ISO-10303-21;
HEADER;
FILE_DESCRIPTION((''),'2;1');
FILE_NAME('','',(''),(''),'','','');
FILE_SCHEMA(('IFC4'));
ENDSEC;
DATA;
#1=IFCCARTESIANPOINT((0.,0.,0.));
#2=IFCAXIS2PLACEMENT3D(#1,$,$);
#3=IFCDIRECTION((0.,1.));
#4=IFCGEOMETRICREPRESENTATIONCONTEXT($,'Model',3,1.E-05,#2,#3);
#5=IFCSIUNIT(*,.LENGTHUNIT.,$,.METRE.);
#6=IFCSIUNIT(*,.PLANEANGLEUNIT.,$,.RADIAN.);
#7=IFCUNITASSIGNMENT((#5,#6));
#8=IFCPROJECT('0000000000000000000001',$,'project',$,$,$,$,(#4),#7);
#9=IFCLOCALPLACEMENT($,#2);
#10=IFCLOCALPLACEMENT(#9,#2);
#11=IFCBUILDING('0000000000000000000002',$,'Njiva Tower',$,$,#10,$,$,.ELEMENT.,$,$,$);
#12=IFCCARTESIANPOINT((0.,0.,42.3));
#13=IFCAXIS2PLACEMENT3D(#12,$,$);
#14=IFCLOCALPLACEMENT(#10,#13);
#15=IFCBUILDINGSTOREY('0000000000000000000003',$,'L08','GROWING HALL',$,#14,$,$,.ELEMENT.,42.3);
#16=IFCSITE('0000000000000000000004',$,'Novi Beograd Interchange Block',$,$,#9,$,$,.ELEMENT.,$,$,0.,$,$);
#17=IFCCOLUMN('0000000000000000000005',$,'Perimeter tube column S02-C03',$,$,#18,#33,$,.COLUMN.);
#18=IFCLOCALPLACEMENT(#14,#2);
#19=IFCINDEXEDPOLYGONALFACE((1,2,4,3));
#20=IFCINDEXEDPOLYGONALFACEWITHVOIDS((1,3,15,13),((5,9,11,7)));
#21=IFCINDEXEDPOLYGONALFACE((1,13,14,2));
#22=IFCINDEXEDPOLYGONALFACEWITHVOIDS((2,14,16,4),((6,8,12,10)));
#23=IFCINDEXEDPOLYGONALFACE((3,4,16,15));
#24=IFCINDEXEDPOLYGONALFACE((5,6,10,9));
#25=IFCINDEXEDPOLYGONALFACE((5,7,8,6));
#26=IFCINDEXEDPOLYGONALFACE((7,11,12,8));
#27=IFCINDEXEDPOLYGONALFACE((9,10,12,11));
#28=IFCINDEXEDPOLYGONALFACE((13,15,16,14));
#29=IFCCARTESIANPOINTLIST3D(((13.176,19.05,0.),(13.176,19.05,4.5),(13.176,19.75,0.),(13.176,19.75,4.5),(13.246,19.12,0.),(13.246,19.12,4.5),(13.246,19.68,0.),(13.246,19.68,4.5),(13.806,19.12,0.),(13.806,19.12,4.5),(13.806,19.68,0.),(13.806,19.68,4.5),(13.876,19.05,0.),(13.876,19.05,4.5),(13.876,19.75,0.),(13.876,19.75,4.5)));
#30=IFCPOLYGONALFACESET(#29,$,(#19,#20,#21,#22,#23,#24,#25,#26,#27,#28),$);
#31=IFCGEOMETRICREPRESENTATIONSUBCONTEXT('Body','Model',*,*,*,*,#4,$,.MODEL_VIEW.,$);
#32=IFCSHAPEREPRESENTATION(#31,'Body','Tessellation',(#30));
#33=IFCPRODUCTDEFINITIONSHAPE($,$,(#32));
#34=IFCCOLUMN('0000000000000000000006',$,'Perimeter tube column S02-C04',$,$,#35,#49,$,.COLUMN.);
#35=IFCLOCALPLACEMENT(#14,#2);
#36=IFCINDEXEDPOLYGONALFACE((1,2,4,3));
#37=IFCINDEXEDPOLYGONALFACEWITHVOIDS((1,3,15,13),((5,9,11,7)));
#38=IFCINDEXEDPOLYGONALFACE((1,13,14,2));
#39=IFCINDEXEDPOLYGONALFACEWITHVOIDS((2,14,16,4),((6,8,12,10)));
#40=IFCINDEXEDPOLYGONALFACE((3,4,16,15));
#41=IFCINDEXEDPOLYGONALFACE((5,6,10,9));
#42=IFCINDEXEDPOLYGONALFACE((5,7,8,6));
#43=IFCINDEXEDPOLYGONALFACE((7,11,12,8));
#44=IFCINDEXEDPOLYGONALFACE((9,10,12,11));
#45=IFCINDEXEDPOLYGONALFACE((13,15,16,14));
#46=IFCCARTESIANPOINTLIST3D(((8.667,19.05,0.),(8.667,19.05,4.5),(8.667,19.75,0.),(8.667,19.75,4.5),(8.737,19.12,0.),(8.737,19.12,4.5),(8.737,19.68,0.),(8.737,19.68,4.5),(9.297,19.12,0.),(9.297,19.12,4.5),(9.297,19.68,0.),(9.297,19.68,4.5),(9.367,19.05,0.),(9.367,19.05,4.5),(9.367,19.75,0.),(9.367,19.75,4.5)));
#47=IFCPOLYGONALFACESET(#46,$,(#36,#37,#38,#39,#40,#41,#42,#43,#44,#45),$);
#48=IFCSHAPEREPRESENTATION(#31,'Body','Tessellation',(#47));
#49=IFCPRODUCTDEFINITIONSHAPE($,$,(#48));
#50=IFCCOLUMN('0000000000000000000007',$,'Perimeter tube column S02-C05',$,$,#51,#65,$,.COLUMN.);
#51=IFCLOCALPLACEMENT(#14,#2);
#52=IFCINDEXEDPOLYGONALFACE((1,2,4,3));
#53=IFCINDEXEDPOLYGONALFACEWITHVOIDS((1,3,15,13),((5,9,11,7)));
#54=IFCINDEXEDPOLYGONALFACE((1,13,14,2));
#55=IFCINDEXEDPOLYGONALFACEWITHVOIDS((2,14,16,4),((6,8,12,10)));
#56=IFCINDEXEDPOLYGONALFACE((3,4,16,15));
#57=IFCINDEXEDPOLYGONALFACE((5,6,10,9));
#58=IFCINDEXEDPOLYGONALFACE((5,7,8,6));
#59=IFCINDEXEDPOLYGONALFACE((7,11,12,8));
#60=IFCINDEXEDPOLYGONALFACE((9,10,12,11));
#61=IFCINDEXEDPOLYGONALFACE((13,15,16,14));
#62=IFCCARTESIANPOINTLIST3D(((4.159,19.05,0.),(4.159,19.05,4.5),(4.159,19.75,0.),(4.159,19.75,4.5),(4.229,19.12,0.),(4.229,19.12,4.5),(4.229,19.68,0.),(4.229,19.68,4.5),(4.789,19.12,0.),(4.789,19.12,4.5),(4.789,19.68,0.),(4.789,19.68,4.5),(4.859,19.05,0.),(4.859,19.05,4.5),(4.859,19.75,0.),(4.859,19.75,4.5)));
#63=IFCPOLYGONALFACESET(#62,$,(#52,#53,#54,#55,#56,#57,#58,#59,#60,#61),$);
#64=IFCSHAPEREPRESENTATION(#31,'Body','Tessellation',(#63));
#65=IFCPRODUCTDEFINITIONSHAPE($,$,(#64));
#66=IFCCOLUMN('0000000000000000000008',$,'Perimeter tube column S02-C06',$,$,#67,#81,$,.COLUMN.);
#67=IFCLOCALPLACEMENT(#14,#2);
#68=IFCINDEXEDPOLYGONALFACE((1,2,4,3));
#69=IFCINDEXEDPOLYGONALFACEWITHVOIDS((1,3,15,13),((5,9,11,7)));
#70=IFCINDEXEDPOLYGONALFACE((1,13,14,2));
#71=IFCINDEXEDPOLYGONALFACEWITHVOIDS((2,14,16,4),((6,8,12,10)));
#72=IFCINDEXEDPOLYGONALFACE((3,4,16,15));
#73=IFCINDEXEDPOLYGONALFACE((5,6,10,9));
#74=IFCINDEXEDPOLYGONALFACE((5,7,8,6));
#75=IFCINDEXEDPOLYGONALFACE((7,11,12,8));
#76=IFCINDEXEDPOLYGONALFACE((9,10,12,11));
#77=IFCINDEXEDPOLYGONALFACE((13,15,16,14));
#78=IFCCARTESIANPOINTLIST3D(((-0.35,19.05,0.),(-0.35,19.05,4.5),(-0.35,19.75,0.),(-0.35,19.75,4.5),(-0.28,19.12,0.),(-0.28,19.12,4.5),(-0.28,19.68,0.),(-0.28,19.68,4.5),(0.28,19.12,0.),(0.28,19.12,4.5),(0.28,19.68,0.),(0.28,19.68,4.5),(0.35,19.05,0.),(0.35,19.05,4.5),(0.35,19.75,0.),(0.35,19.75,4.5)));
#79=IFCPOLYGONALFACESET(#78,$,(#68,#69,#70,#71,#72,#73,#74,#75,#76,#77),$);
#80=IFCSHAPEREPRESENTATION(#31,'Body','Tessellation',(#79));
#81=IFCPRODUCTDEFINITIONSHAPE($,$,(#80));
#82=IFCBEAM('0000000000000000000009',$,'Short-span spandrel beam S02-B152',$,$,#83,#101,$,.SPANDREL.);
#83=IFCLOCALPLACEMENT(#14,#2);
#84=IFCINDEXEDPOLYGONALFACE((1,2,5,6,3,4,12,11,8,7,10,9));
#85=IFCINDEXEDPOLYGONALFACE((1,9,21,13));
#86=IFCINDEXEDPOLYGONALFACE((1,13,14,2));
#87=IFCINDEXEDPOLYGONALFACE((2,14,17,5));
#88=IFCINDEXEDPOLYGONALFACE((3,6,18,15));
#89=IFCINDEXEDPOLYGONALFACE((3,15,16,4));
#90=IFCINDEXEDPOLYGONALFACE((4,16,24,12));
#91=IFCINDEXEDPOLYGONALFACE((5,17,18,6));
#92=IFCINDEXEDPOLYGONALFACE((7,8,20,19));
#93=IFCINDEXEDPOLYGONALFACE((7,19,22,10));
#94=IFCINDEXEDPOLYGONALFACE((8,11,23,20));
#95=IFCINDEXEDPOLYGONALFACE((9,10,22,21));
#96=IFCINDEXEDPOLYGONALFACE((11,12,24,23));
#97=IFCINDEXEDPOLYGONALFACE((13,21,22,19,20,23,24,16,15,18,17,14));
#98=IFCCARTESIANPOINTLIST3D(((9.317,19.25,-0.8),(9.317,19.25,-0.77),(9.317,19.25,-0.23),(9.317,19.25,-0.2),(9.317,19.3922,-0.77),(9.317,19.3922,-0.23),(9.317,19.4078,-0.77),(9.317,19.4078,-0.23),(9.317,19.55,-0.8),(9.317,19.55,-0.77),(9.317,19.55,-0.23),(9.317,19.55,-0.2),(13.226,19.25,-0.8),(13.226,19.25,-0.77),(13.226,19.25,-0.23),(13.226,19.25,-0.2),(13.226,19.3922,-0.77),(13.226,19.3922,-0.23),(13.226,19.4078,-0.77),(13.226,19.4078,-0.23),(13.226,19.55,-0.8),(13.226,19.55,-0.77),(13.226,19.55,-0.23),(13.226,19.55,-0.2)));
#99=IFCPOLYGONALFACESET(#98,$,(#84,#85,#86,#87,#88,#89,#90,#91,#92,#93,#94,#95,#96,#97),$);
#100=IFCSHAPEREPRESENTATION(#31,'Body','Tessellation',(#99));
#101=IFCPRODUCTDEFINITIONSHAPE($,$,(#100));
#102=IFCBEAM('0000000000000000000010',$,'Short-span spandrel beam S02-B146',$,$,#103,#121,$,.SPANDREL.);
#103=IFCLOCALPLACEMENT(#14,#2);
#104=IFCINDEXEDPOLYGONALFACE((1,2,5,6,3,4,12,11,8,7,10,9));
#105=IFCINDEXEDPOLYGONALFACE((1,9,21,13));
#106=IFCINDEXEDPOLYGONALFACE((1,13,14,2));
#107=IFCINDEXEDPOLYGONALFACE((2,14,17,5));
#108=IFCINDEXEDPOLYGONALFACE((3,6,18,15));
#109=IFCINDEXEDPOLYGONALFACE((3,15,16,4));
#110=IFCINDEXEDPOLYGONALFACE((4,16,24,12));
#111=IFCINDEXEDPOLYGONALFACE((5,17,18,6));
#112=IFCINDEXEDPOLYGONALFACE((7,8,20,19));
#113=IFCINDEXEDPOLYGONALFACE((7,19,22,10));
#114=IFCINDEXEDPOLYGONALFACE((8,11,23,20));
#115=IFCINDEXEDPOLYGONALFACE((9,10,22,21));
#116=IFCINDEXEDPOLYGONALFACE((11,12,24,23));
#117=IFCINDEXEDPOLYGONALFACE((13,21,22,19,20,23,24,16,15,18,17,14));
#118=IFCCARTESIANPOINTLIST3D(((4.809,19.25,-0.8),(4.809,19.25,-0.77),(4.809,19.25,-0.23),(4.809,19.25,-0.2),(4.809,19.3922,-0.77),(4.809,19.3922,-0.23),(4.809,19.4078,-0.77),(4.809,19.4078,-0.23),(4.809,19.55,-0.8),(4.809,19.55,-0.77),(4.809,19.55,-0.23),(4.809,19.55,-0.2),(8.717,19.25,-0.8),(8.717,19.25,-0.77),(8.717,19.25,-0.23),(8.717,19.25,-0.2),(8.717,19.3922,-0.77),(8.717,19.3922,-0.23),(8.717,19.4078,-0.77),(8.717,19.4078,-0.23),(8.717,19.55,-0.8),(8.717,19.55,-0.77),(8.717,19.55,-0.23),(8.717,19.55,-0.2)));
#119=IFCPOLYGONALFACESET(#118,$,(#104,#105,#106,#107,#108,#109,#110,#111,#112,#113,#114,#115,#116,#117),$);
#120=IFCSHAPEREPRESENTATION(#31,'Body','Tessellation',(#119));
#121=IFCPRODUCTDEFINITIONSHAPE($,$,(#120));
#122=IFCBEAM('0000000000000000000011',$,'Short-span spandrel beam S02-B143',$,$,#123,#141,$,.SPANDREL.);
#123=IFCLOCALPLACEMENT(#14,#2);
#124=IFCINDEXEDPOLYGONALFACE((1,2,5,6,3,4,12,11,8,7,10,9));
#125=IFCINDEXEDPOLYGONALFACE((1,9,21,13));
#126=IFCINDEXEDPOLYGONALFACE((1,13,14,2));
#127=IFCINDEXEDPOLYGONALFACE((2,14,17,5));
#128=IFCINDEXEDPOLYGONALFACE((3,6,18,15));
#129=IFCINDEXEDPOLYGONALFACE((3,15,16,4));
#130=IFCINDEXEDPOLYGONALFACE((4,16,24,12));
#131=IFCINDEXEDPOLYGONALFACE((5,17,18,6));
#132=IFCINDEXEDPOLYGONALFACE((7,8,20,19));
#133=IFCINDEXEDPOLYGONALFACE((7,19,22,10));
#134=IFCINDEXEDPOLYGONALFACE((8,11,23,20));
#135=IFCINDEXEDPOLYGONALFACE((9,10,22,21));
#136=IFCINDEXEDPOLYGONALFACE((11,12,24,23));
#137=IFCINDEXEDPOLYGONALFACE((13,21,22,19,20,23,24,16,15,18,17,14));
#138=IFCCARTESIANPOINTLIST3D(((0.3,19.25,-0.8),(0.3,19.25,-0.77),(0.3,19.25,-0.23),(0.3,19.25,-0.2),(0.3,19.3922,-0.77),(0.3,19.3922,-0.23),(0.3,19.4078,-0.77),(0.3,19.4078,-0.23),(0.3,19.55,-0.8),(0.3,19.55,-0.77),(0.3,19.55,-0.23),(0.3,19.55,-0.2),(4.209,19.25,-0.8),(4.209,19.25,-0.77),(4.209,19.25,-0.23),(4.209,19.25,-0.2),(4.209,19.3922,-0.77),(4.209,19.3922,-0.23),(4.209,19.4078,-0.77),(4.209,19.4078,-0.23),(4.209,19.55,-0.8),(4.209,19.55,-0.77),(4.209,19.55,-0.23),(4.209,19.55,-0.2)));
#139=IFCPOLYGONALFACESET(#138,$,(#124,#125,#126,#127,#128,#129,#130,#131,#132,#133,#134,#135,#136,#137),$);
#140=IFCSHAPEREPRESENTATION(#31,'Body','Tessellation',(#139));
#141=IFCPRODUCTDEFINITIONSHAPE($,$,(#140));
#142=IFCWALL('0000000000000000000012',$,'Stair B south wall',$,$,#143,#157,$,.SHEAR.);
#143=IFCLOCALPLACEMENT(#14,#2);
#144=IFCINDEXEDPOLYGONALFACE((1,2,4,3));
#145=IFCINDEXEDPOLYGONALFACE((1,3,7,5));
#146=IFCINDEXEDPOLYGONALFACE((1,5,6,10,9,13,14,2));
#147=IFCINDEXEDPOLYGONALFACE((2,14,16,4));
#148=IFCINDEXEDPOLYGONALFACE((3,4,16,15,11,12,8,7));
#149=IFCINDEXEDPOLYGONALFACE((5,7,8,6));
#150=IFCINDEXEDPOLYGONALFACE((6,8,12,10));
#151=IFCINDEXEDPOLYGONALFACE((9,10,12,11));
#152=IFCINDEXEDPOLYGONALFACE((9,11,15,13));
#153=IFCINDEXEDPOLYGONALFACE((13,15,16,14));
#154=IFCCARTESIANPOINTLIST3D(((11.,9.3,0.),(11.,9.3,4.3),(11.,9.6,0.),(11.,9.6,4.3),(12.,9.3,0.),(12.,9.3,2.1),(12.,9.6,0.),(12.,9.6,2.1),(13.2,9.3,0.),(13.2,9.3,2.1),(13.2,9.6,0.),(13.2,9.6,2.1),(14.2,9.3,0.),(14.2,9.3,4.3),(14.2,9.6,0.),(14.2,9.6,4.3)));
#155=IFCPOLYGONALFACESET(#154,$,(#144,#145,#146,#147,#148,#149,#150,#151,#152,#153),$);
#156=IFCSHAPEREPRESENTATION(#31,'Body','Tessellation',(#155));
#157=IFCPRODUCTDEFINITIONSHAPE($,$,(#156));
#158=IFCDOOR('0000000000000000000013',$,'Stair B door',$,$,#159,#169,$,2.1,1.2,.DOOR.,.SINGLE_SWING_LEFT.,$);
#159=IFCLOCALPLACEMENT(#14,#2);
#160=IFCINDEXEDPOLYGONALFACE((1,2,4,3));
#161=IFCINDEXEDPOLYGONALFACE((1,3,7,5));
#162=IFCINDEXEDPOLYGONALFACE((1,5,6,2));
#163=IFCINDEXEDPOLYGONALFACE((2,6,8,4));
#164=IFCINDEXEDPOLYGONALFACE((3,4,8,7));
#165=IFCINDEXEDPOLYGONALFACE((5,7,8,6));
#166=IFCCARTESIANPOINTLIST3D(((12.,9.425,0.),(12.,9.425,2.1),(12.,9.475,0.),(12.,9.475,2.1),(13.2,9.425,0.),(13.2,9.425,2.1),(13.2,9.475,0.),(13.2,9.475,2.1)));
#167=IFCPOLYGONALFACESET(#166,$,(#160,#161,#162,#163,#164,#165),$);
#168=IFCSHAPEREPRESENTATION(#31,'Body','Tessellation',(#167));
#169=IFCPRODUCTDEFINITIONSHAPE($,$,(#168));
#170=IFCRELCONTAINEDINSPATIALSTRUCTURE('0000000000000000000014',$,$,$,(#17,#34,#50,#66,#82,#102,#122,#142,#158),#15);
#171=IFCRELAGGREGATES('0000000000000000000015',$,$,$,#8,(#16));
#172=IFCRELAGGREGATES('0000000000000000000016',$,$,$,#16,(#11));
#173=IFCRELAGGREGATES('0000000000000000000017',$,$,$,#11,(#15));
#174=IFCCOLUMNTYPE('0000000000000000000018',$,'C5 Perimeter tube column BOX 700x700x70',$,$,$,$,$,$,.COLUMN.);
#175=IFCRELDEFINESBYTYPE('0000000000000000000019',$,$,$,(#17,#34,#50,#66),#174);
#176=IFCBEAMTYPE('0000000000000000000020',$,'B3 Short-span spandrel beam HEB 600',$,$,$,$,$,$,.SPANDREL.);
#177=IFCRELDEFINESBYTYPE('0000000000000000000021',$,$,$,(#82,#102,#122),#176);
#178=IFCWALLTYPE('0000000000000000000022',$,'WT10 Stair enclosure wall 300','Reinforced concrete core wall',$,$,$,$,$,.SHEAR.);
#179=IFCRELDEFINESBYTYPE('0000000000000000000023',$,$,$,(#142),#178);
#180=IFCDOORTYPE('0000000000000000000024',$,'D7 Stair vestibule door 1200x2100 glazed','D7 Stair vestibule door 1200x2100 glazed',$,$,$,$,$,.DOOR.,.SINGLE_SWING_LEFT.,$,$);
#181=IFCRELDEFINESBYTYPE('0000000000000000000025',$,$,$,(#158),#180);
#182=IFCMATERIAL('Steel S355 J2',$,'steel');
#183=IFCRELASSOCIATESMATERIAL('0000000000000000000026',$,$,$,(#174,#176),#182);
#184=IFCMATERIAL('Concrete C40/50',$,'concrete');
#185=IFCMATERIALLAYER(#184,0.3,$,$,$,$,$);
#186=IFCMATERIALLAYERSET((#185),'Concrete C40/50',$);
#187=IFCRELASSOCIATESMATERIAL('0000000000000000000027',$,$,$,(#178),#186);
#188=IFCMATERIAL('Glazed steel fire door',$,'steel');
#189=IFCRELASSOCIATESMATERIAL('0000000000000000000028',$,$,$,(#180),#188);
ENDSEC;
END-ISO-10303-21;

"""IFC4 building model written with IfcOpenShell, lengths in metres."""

from ifc_helpers import new_model, si_unit, direction, frame, frame_2d, origin, origin_2d, place, context, subcontext, project, spatial, rectangle, hollow_rectangle, i_section, extrude, material, layer, layer_set, material_profile, profile_set, type_object, element, fill, save


model = new_model("IFC4")

# Units and contexts
model_context = context("Model", 3, precision=1e-05, world=origin(), true_north=direction((0.0, 1.0)))
body_context = subcontext(model_context, "Body", "Model", "MODEL_VIEW")
ifc_project = project(units=[si_unit("LENGTHUNIT", "METRE"), si_unit("PLANEANGLEUNIT", "RADIAN")], contexts=[model_context])

# Site, building, storey
site_placement = place(None, origin())
site = spatial("IfcSite", under=ifc_project, at=site_placement, Name="Novi Beograd Interchange Block", CompositionType="ELEMENT", RefElevation=0.0)
building_placement = place(site_placement, origin())
building = spatial("IfcBuilding", under=site, at=building_placement, Name="Njiva Tower", CompositionType="ELEMENT")
storey_placement = place(building_placement, frame((0.0, 0.0, 42.3)))
storey = spatial("IfcBuildingStorey", under=building, at=storey_placement, Name="L08", Description="GROWING HALL", CompositionType="ELEMENT", Elevation=42.3)

# Columns
ifc_material_1 = material(Name="Steel S355 J2", Category="steel")
ifc_material_profile_1 = material_profile(ifc_material_1, hollow_rectangle(XDim=0.7, YDim=0.7, WallThickness=0.07, at=origin_2d()), Name="BOX 700x700x70")
ifc_profile_set_1 = profile_set([ifc_material_profile_1], Name="Steel S355 J2")
column_type = type_object("IfcColumnType", Name="C5 Perimeter tube column BOX 700x700x70", PredefinedType="COLUMN", material=ifc_profile_set_1)
for number, where, z_axis, x_axis, name in (
    (1, (13.526, 19.4, 0.0), (0.0, 0.0, 1.0), (-1.0, 0.0, 0.0), "Perimeter tube column S02-C03"),
    (2, (9.017, 19.4, 0.0), (0.0, 0.0, 1.0), (-1.0, 0.0, 0.0), "Perimeter tube column S02-C04"),
    (3, (4.509, 19.4, 0.0), (0.0, 0.0, 1.0), (-1.0, 0.0, 0.0), "Perimeter tube column S02-C05"),
    (4, (0.0, 19.4, 0.0), (0.0, 0.0, 1.0), (-1.0, 0.0, 0.0), "Perimeter tube column S02-C06"),
):
    element("IfcColumn", number, at=place(storey_placement, frame(where, z_axis=z_axis, x_axis=x_axis)), inside=storey, type_object=column_type, Name=name, PredefinedType="COLUMN", context=body_context, shape_type="SweptSolid", body=[
        extrude(hollow_rectangle(XDim=0.7, YDim=0.7, WallThickness=0.07, at=origin_2d()), origin(), (0.0, 0.0, 1.0), 4.5),
    ])

# Beams
ifc_material_profile_2 = material_profile(ifc_material_1, i_section(OverallWidth=0.3, OverallDepth=0.6, WebThickness=0.0155, FlangeThickness=0.03, at=origin_2d()), Name="HEB 600")
ifc_profile_set_2 = profile_set([ifc_material_profile_2], Name="Steel S355 J2")
beam_type = type_object("IfcBeamType", Name="B3 Short-span spandrel beam HEB 600", PredefinedType="SPANDREL", material=ifc_profile_set_2)
beam_1_placement = place(storey_placement, frame((13.226, 19.4, -0.5), z_axis=(-1.0, 0.0, 0.0), x_axis=(0.0, -1.0, 0.0)))
element("IfcBeam", 5, at=beam_1_placement, inside=storey, type_object=beam_type, Name="Short-span spandrel beam S02-B152", PredefinedType="SPANDREL", context=body_context, shape_type="SweptSolid", body=[
    extrude(i_section(OverallWidth=0.3, OverallDepth=0.6, WebThickness=0.0155, FlangeThickness=0.03, at=origin_2d()), origin(), (0.0, 0.0, 1.0), 3.909),
])
beam_2_placement = place(storey_placement, frame((8.717, 19.4, -0.5), z_axis=(-1.0, 0.0, 0.0), x_axis=(0.0, -1.0, 0.0)))
element("IfcBeam", 6, at=beam_2_placement, inside=storey, type_object=beam_type, Name="Short-span spandrel beam S02-B146", PredefinedType="SPANDREL", context=body_context, shape_type="SweptSolid", body=[
    extrude(i_section(OverallWidth=0.3, OverallDepth=0.6, WebThickness=0.0155, FlangeThickness=0.03, at=origin_2d()), origin(), (0.0, 0.0, 1.0), 3.908),
])
beam_3_placement = place(storey_placement, frame((4.209, 19.4, -0.5), z_axis=(-1.0, 0.0, 0.0), x_axis=(0.0, -1.0, 0.0)))
element("IfcBeam", 7, at=beam_3_placement, inside=storey, type_object=beam_type, Name="Short-span spandrel beam S02-B143", PredefinedType="SPANDREL", context=body_context, shape_type="SweptSolid", body=[
    extrude(i_section(OverallWidth=0.3, OverallDepth=0.6, WebThickness=0.0155, FlangeThickness=0.03, at=origin_2d()), origin(), (0.0, 0.0, 1.0), 3.909),
])

# Wall, opening, door
ifc_material_2 = material(Name="Concrete C40/50", Category="concrete")
ifc_layer_1 = layer(ifc_material_2, 0.3)
ifc_layer_set_1 = layer_set([ifc_layer_1], Name="Concrete C40/50")
wall_type_1 = type_object("IfcWallType", Name="WT10 Stair enclosure wall 300", Description="Reinforced concrete core wall", PredefinedType="SHEAR", material=ifc_layer_set_1)
wall_1_placement = place(storey_placement, frame((11.0, 9.45, 0.0), z_axis=(0.0, 0.0, 1.0), x_axis=(1.0, 0.0, 0.0)))
wall_1 = element("IfcWall", 8, at=wall_1_placement, inside=storey, type_object=wall_type_1, Name="Stair B south wall", PredefinedType="SHEAR", context=body_context, shape_type="SweptSolid", body=[
    extrude(rectangle(XDim=3.2, YDim=0.3, at=frame_2d((1.6, 0.0))), origin(), (0.0, 0.0, 1.0), 4.3),
])
opening_1_placement = place(wall_1_placement, frame((1.0, 0.0, 0.0)))
opening_1 = element("IfcOpeningElement", 9, at=opening_1_placement, cuts=wall_1, PredefinedType="OPENING", context=body_context, shape_type="SweptSolid", body=[
    extrude(rectangle(XDim=1.2, YDim=2.1, at=frame_2d((0.6, 1.05))), frame((0.0, 0.16, 0.0), z_axis=(0.0, -1.0, 0.0), x_axis=(1.0, 0.0, 0.0)), (0.0, 0.0, 1.0), 0.32),
])
ifc_material_3 = material(Name="Glazed steel fire door", Category="steel")
door_type_1 = type_object("IfcDoorType", Name="D7 Stair vestibule door 1200x2100 glazed", Description="D7 Stair vestibule door 1200x2100 glazed", OperationType="SINGLE_SWING_LEFT", PredefinedType="DOOR", material=ifc_material_3)
door_1_placement = place(opening_1_placement, origin())
door_1 = element("IfcDoor", 10, at=door_1_placement, inside=storey, type_object=door_type_1, Name="Stair B door", OperationType="SINGLE_SWING_LEFT", OverallHeight=2.1, OverallWidth=1.2, PredefinedType="DOOR", context=body_context, shape_type="SweptSolid", body=[
    extrude(rectangle(XDim=1.2, YDim=2.1, at=frame_2d((0.6, 1.05))), frame((0.0, 0.025, 0.0), z_axis=(0.0, -1.0, 0.0), x_axis=(1.0, 0.0, 0.0)), (0.0, 0.0, 1.0), 0.05),
])
fill(opening_1, door_1)

save(model, "model.ifc")
